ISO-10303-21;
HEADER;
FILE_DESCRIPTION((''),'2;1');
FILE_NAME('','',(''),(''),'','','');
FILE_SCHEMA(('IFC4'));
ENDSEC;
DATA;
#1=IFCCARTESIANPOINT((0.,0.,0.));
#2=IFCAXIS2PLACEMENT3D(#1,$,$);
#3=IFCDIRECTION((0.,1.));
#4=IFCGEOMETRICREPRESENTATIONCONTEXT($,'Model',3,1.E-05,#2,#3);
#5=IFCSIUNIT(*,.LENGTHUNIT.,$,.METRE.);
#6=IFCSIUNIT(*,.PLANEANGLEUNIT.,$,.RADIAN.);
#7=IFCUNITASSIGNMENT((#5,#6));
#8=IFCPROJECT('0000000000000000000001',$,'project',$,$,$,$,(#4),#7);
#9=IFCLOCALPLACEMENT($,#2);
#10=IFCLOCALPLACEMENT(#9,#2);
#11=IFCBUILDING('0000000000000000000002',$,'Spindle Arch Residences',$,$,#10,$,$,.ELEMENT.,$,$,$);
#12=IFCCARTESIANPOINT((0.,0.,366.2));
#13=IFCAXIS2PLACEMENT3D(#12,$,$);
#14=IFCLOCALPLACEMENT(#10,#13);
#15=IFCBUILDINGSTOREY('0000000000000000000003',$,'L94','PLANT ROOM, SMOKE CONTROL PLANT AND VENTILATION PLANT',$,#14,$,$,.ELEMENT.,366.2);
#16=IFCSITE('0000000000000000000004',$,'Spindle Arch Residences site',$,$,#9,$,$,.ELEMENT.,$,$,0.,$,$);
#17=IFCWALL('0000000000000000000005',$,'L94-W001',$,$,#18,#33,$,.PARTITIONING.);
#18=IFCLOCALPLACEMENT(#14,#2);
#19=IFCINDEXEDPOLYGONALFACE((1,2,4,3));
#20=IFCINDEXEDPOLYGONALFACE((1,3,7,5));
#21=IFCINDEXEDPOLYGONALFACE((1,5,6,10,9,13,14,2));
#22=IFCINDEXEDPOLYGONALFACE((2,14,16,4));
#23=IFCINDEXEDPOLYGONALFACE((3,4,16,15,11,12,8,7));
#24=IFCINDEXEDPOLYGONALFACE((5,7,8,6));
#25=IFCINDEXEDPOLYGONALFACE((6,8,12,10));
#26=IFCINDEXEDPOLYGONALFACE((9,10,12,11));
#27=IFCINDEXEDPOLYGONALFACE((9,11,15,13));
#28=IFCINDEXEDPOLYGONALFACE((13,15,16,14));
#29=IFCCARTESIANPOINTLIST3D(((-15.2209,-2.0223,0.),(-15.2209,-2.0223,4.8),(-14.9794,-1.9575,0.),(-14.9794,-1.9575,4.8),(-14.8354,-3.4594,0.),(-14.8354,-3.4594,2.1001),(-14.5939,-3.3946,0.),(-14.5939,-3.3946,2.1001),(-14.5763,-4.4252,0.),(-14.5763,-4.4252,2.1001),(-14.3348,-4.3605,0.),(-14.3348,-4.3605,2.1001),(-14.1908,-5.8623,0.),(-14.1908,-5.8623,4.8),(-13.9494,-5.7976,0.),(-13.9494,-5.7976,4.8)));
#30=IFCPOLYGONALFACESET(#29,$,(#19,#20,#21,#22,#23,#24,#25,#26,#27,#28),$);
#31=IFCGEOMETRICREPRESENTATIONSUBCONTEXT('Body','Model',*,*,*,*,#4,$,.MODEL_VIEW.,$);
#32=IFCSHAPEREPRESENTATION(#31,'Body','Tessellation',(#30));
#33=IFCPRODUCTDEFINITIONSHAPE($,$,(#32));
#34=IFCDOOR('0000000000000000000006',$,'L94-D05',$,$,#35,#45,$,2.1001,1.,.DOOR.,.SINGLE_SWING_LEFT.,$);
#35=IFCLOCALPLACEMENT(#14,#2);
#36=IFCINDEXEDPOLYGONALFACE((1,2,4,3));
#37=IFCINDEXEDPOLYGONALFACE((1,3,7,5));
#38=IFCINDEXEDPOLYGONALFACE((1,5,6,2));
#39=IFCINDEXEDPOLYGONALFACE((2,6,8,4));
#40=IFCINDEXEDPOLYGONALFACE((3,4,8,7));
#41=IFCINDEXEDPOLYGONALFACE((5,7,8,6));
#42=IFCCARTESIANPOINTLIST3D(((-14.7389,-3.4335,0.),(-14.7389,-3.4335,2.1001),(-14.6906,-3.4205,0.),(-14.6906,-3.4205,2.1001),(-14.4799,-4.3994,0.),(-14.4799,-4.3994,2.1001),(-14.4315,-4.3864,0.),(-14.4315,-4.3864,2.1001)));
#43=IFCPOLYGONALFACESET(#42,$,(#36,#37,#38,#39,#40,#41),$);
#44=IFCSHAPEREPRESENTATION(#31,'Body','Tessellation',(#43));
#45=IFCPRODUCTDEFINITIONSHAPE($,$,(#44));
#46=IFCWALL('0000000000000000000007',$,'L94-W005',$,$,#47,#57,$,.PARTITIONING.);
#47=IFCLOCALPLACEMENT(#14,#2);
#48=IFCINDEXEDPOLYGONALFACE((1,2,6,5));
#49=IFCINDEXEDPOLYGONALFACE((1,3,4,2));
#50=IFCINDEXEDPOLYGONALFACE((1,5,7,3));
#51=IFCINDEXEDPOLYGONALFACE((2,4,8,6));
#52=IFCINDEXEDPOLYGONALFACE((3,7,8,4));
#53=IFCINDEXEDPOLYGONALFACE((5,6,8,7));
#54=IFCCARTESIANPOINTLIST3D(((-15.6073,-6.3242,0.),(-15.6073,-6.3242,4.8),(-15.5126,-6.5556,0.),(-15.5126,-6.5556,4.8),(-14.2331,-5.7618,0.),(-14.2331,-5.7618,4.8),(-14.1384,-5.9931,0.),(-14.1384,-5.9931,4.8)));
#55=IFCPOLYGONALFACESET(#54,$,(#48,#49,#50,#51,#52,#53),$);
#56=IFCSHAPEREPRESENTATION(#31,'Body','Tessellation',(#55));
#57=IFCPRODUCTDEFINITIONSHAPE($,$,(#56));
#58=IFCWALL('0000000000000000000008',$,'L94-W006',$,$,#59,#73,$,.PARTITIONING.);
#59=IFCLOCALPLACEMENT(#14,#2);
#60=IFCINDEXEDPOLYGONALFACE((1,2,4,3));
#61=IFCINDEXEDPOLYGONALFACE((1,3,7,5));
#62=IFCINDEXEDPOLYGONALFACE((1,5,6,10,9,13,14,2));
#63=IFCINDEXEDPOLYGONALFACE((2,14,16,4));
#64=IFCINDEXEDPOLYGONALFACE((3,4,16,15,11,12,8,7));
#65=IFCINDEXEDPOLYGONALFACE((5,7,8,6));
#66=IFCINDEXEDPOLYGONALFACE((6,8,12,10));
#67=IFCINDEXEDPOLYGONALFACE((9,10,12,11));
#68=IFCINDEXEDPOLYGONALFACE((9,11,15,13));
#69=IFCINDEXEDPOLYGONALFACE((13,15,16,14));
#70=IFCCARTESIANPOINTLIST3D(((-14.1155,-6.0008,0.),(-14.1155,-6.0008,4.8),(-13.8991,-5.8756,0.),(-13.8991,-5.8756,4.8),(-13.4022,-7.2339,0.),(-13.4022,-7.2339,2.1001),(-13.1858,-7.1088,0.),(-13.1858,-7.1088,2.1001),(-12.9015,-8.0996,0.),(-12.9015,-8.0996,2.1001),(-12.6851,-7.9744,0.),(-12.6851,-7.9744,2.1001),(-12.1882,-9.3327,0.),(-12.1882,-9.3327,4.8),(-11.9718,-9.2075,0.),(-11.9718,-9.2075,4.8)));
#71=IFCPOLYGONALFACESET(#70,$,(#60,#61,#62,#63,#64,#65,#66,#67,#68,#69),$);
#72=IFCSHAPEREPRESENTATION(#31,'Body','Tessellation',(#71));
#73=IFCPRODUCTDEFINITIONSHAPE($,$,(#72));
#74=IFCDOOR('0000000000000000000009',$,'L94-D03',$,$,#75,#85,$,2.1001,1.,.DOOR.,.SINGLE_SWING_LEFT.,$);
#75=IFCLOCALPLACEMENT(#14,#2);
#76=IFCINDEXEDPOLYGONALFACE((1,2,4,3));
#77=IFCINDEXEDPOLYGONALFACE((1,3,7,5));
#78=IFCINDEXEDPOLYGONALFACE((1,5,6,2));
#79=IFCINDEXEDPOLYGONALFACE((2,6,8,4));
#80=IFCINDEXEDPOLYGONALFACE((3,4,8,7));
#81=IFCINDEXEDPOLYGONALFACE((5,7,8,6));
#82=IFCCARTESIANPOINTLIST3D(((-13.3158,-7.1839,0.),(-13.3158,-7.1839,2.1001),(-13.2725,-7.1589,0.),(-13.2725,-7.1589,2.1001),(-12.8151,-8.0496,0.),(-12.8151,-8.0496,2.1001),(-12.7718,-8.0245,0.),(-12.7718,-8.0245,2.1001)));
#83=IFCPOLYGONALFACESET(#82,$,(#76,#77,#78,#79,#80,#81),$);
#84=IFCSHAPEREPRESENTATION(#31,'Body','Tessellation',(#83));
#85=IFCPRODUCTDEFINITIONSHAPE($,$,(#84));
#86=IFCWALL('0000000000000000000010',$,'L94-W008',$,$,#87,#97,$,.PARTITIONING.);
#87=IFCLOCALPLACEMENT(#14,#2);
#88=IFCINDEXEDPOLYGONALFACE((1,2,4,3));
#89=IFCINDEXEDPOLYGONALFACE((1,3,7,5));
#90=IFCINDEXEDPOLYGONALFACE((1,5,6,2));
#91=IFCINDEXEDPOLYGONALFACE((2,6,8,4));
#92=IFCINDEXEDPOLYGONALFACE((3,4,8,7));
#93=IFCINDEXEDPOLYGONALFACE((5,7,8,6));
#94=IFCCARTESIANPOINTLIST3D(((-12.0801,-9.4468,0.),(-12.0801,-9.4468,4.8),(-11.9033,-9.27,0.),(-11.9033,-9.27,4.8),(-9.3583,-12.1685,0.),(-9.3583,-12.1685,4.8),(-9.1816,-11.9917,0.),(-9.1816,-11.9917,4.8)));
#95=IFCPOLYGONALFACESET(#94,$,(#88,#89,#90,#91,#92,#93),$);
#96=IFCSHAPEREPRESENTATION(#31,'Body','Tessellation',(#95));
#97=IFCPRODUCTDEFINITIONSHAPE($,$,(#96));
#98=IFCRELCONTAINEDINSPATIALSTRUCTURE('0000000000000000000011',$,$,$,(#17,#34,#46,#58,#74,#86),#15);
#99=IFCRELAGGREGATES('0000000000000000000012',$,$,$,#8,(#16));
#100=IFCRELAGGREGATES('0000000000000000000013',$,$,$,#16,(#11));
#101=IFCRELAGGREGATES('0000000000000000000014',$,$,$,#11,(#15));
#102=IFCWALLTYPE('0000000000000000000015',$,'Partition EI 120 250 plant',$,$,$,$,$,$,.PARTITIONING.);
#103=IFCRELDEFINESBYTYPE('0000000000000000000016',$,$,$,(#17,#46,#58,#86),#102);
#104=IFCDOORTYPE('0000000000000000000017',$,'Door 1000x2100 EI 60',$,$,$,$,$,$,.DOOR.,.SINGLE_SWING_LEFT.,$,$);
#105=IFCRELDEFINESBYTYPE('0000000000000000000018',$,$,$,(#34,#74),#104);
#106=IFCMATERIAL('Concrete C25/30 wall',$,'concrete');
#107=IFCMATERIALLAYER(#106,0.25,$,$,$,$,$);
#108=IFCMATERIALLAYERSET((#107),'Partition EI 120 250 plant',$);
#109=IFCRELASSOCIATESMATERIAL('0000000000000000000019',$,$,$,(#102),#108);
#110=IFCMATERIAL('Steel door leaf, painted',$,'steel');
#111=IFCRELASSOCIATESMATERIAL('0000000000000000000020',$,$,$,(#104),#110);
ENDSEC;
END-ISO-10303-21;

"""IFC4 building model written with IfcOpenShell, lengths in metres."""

from ifc_helpers import new_model, si_unit, direction, frame, frame_2d, origin, place, context, subcontext, project, spatial, rectangle, extrude, material, layer, layer_set, type_object, element, fill, save


model = new_model("IFC4")

# Units and contexts
model_context = context("Model", 3, precision=1e-05, world=origin(), true_north=direction((0.0, 1.0)))
body_context = subcontext(model_context, "Body", "Model", "MODEL_VIEW")
ifc_project = project(units=[si_unit("LENGTHUNIT", "METRE"), si_unit("PLANEANGLEUNIT", "RADIAN")], contexts=[model_context])

# Site, building, storey
site_placement = place(None, origin())
site = spatial("IfcSite", under=ifc_project, at=site_placement, Name="Spindle Arch Residences site", CompositionType="ELEMENT", RefElevation=0.0)
building_placement = place(site_placement, origin())
building = spatial("IfcBuilding", under=site, at=building_placement, Name="Spindle Arch Residences", CompositionType="ELEMENT")
storey_placement = place(building_placement, frame((0.0, 0.0, 366.2)))
storey = spatial("IfcBuildingStorey", under=building, at=storey_placement, Name="L94", Description="PLANT ROOM, SMOKE CONTROL PLANT AND VENTILATION PLANT", CompositionType="ELEMENT", Elevation=366.2)

# Wall, opening, door
ifc_material_1 = material(Name="Concrete C25/30 wall", Category="concrete")
ifc_layer_1 = layer(ifc_material_1, 0.25)
ifc_layer_set_1 = layer_set([ifc_layer_1], Name="Partition EI 120 250 plant")
wall_type = type_object("IfcWallType", Name="Partition EI 120 250 plant", PredefinedType="PARTITIONING", material=ifc_layer_set_1)
wall_1_placement = place(storey_placement, frame((-15.1001, -1.99, 0.0), z_axis=(0.0, 0.0, 1.0), x_axis=(0.259073, -0.965858, 0.0)))
wall_1 = element("IfcWall", 1, at=wall_1_placement, inside=storey, type_object=wall_type, Name="L94-W001", PredefinedType="PARTITIONING", context=body_context, shape_type="SweptSolid", body=[
    extrude(rectangle(XDim=3.9758, YDim=0.25, at=frame_2d((1.9878, 0.0))), origin(), (0.0, 0.0, 1.0), 4.8),
])
opening_1_placement = place(wall_1_placement, frame((1.4878, 0.0, 0.0)))
opening_1 = element("IfcOpeningElement", 2, at=opening_1_placement, cuts=wall_1, PredefinedType="OPENING", context=body_context, shape_type="SweptSolid", body=[
    extrude(rectangle(XDim=1.0, YDim=2.1001, at=frame_2d((0.5, 1.05))), frame((0.0, 0.135, 0.0), z_axis=(0.0, -1.0, 0.0), x_axis=(1.0, 0.0, 0.0)), (0.0, 0.0, 1.0), 0.27),
])
ifc_material_2 = material(Name="Steel door leaf, painted", Category="steel")
door_type = type_object("IfcDoorType", Name="Door 1000x2100 EI 60", OperationType="SINGLE_SWING_LEFT", PredefinedType="DOOR", material=ifc_material_2)
door_1_placement = place(opening_1_placement, origin())
door_1 = element("IfcDoor", 3, at=door_1_placement, inside=storey, type_object=door_type, Name="L94-D05", OperationType="SINGLE_SWING_LEFT", OverallHeight=2.1001, OverallWidth=1.0, PredefinedType="DOOR", context=body_context, shape_type="SweptSolid", body=[
    extrude(rectangle(XDim=1.0, YDim=2.1001, at=frame_2d((0.5, 1.05))), frame((0.0, 0.0249, 0.0), z_axis=(0.0, -1.0, 0.0), x_axis=(1.0, 0.0, 0.0)), (0.0, 0.0, 1.0), 0.05),
])
fill(opening_1, door_1)

# Wall
wall_2_placement = place(storey_placement, frame((-14.1858, -5.8774, 0.0), z_axis=(0.0, 0.0, 1.0), x_axis=(-0.925476, -0.378806, 0.0)))
element("IfcWall", 4, at=wall_2_placement, inside=storey, type_object=wall_type, Name="L94-W005", PredefinedType="PARTITIONING", context=body_context, shape_type="SweptSolid", body=[
    extrude(rectangle(XDim=1.4849, YDim=0.25, at=frame_2d((0.7424, 0.0))), origin(), (0.0, 0.0, 1.0), 4.8),
])

# Wall, opening, door
wall_3_placement = place(storey_placement, frame((-14.0073, -5.9382, 0.0), z_axis=(0.0, 0.0, 1.0), x_axis=(0.500709, -0.865616, 0.0)))
wall_3 = element("IfcWall", 5, at=wall_3_placement, inside=storey, type_object=wall_type, Name="L94-W006", PredefinedType="PARTITIONING", context=body_context, shape_type="SweptSolid", body=[
    extrude(rectangle(XDim=3.8491, YDim=0.25, at=frame_2d((1.9246, 0.0))), origin(), (0.0, 0.0, 1.0), 4.8),
])
opening_2_placement = place(wall_3_placement, frame((1.4246, 0.0, 0.0)))
opening_2 = element("IfcOpeningElement", 6, at=opening_2_placement, cuts=wall_3, PredefinedType="OPENING", context=body_context, shape_type="SweptSolid", body=[
    extrude(rectangle(XDim=1.0, YDim=2.1001, at=frame_2d((0.5, 1.05))), frame((0.0, 0.135, 0.0), z_axis=(0.0, -1.0, 0.0), x_axis=(1.0, 0.0, 0.0)), (0.0, 0.0, 1.0), 0.27),
])
door_2_placement = place(opening_2_placement, origin())
door_2 = element("IfcDoor", 7, at=door_2_placement, inside=storey, type_object=door_type, Name="L94-D03", OperationType="SINGLE_SWING_LEFT", OverallHeight=2.1001, OverallWidth=1.0, PredefinedType="DOOR", context=body_context, shape_type="SweptSolid", body=[
    extrude(rectangle(XDim=1.0, YDim=2.1001, at=frame_2d((0.5, 1.05))), frame((0.0, 0.0249, 0.0), z_axis=(0.0, -1.0, 0.0), x_axis=(1.0, 0.0, 0.0)), (0.0, 0.0, 1.0), 0.05),
])
fill(opening_2, door_2)

# Wall
wall_4_placement = place(storey_placement, frame((-11.9917, -9.3584, 0.0), z_axis=(0.0, 0.0, 1.0), x_axis=(0.707107, -0.707107, 0.0)))
element("IfcWall", 8, at=wall_4_placement, inside=storey, type_object=wall_type, Name="L94-W008", PredefinedType="PARTITIONING", context=body_context, shape_type="SweptSolid", body=[
    extrude(rectangle(XDim=3.8491, YDim=0.25, at=frame_2d((1.9246, 0.0))), origin(), (0.0, 0.0, 1.0), 4.8),
])

save(model, "model.ifc")
